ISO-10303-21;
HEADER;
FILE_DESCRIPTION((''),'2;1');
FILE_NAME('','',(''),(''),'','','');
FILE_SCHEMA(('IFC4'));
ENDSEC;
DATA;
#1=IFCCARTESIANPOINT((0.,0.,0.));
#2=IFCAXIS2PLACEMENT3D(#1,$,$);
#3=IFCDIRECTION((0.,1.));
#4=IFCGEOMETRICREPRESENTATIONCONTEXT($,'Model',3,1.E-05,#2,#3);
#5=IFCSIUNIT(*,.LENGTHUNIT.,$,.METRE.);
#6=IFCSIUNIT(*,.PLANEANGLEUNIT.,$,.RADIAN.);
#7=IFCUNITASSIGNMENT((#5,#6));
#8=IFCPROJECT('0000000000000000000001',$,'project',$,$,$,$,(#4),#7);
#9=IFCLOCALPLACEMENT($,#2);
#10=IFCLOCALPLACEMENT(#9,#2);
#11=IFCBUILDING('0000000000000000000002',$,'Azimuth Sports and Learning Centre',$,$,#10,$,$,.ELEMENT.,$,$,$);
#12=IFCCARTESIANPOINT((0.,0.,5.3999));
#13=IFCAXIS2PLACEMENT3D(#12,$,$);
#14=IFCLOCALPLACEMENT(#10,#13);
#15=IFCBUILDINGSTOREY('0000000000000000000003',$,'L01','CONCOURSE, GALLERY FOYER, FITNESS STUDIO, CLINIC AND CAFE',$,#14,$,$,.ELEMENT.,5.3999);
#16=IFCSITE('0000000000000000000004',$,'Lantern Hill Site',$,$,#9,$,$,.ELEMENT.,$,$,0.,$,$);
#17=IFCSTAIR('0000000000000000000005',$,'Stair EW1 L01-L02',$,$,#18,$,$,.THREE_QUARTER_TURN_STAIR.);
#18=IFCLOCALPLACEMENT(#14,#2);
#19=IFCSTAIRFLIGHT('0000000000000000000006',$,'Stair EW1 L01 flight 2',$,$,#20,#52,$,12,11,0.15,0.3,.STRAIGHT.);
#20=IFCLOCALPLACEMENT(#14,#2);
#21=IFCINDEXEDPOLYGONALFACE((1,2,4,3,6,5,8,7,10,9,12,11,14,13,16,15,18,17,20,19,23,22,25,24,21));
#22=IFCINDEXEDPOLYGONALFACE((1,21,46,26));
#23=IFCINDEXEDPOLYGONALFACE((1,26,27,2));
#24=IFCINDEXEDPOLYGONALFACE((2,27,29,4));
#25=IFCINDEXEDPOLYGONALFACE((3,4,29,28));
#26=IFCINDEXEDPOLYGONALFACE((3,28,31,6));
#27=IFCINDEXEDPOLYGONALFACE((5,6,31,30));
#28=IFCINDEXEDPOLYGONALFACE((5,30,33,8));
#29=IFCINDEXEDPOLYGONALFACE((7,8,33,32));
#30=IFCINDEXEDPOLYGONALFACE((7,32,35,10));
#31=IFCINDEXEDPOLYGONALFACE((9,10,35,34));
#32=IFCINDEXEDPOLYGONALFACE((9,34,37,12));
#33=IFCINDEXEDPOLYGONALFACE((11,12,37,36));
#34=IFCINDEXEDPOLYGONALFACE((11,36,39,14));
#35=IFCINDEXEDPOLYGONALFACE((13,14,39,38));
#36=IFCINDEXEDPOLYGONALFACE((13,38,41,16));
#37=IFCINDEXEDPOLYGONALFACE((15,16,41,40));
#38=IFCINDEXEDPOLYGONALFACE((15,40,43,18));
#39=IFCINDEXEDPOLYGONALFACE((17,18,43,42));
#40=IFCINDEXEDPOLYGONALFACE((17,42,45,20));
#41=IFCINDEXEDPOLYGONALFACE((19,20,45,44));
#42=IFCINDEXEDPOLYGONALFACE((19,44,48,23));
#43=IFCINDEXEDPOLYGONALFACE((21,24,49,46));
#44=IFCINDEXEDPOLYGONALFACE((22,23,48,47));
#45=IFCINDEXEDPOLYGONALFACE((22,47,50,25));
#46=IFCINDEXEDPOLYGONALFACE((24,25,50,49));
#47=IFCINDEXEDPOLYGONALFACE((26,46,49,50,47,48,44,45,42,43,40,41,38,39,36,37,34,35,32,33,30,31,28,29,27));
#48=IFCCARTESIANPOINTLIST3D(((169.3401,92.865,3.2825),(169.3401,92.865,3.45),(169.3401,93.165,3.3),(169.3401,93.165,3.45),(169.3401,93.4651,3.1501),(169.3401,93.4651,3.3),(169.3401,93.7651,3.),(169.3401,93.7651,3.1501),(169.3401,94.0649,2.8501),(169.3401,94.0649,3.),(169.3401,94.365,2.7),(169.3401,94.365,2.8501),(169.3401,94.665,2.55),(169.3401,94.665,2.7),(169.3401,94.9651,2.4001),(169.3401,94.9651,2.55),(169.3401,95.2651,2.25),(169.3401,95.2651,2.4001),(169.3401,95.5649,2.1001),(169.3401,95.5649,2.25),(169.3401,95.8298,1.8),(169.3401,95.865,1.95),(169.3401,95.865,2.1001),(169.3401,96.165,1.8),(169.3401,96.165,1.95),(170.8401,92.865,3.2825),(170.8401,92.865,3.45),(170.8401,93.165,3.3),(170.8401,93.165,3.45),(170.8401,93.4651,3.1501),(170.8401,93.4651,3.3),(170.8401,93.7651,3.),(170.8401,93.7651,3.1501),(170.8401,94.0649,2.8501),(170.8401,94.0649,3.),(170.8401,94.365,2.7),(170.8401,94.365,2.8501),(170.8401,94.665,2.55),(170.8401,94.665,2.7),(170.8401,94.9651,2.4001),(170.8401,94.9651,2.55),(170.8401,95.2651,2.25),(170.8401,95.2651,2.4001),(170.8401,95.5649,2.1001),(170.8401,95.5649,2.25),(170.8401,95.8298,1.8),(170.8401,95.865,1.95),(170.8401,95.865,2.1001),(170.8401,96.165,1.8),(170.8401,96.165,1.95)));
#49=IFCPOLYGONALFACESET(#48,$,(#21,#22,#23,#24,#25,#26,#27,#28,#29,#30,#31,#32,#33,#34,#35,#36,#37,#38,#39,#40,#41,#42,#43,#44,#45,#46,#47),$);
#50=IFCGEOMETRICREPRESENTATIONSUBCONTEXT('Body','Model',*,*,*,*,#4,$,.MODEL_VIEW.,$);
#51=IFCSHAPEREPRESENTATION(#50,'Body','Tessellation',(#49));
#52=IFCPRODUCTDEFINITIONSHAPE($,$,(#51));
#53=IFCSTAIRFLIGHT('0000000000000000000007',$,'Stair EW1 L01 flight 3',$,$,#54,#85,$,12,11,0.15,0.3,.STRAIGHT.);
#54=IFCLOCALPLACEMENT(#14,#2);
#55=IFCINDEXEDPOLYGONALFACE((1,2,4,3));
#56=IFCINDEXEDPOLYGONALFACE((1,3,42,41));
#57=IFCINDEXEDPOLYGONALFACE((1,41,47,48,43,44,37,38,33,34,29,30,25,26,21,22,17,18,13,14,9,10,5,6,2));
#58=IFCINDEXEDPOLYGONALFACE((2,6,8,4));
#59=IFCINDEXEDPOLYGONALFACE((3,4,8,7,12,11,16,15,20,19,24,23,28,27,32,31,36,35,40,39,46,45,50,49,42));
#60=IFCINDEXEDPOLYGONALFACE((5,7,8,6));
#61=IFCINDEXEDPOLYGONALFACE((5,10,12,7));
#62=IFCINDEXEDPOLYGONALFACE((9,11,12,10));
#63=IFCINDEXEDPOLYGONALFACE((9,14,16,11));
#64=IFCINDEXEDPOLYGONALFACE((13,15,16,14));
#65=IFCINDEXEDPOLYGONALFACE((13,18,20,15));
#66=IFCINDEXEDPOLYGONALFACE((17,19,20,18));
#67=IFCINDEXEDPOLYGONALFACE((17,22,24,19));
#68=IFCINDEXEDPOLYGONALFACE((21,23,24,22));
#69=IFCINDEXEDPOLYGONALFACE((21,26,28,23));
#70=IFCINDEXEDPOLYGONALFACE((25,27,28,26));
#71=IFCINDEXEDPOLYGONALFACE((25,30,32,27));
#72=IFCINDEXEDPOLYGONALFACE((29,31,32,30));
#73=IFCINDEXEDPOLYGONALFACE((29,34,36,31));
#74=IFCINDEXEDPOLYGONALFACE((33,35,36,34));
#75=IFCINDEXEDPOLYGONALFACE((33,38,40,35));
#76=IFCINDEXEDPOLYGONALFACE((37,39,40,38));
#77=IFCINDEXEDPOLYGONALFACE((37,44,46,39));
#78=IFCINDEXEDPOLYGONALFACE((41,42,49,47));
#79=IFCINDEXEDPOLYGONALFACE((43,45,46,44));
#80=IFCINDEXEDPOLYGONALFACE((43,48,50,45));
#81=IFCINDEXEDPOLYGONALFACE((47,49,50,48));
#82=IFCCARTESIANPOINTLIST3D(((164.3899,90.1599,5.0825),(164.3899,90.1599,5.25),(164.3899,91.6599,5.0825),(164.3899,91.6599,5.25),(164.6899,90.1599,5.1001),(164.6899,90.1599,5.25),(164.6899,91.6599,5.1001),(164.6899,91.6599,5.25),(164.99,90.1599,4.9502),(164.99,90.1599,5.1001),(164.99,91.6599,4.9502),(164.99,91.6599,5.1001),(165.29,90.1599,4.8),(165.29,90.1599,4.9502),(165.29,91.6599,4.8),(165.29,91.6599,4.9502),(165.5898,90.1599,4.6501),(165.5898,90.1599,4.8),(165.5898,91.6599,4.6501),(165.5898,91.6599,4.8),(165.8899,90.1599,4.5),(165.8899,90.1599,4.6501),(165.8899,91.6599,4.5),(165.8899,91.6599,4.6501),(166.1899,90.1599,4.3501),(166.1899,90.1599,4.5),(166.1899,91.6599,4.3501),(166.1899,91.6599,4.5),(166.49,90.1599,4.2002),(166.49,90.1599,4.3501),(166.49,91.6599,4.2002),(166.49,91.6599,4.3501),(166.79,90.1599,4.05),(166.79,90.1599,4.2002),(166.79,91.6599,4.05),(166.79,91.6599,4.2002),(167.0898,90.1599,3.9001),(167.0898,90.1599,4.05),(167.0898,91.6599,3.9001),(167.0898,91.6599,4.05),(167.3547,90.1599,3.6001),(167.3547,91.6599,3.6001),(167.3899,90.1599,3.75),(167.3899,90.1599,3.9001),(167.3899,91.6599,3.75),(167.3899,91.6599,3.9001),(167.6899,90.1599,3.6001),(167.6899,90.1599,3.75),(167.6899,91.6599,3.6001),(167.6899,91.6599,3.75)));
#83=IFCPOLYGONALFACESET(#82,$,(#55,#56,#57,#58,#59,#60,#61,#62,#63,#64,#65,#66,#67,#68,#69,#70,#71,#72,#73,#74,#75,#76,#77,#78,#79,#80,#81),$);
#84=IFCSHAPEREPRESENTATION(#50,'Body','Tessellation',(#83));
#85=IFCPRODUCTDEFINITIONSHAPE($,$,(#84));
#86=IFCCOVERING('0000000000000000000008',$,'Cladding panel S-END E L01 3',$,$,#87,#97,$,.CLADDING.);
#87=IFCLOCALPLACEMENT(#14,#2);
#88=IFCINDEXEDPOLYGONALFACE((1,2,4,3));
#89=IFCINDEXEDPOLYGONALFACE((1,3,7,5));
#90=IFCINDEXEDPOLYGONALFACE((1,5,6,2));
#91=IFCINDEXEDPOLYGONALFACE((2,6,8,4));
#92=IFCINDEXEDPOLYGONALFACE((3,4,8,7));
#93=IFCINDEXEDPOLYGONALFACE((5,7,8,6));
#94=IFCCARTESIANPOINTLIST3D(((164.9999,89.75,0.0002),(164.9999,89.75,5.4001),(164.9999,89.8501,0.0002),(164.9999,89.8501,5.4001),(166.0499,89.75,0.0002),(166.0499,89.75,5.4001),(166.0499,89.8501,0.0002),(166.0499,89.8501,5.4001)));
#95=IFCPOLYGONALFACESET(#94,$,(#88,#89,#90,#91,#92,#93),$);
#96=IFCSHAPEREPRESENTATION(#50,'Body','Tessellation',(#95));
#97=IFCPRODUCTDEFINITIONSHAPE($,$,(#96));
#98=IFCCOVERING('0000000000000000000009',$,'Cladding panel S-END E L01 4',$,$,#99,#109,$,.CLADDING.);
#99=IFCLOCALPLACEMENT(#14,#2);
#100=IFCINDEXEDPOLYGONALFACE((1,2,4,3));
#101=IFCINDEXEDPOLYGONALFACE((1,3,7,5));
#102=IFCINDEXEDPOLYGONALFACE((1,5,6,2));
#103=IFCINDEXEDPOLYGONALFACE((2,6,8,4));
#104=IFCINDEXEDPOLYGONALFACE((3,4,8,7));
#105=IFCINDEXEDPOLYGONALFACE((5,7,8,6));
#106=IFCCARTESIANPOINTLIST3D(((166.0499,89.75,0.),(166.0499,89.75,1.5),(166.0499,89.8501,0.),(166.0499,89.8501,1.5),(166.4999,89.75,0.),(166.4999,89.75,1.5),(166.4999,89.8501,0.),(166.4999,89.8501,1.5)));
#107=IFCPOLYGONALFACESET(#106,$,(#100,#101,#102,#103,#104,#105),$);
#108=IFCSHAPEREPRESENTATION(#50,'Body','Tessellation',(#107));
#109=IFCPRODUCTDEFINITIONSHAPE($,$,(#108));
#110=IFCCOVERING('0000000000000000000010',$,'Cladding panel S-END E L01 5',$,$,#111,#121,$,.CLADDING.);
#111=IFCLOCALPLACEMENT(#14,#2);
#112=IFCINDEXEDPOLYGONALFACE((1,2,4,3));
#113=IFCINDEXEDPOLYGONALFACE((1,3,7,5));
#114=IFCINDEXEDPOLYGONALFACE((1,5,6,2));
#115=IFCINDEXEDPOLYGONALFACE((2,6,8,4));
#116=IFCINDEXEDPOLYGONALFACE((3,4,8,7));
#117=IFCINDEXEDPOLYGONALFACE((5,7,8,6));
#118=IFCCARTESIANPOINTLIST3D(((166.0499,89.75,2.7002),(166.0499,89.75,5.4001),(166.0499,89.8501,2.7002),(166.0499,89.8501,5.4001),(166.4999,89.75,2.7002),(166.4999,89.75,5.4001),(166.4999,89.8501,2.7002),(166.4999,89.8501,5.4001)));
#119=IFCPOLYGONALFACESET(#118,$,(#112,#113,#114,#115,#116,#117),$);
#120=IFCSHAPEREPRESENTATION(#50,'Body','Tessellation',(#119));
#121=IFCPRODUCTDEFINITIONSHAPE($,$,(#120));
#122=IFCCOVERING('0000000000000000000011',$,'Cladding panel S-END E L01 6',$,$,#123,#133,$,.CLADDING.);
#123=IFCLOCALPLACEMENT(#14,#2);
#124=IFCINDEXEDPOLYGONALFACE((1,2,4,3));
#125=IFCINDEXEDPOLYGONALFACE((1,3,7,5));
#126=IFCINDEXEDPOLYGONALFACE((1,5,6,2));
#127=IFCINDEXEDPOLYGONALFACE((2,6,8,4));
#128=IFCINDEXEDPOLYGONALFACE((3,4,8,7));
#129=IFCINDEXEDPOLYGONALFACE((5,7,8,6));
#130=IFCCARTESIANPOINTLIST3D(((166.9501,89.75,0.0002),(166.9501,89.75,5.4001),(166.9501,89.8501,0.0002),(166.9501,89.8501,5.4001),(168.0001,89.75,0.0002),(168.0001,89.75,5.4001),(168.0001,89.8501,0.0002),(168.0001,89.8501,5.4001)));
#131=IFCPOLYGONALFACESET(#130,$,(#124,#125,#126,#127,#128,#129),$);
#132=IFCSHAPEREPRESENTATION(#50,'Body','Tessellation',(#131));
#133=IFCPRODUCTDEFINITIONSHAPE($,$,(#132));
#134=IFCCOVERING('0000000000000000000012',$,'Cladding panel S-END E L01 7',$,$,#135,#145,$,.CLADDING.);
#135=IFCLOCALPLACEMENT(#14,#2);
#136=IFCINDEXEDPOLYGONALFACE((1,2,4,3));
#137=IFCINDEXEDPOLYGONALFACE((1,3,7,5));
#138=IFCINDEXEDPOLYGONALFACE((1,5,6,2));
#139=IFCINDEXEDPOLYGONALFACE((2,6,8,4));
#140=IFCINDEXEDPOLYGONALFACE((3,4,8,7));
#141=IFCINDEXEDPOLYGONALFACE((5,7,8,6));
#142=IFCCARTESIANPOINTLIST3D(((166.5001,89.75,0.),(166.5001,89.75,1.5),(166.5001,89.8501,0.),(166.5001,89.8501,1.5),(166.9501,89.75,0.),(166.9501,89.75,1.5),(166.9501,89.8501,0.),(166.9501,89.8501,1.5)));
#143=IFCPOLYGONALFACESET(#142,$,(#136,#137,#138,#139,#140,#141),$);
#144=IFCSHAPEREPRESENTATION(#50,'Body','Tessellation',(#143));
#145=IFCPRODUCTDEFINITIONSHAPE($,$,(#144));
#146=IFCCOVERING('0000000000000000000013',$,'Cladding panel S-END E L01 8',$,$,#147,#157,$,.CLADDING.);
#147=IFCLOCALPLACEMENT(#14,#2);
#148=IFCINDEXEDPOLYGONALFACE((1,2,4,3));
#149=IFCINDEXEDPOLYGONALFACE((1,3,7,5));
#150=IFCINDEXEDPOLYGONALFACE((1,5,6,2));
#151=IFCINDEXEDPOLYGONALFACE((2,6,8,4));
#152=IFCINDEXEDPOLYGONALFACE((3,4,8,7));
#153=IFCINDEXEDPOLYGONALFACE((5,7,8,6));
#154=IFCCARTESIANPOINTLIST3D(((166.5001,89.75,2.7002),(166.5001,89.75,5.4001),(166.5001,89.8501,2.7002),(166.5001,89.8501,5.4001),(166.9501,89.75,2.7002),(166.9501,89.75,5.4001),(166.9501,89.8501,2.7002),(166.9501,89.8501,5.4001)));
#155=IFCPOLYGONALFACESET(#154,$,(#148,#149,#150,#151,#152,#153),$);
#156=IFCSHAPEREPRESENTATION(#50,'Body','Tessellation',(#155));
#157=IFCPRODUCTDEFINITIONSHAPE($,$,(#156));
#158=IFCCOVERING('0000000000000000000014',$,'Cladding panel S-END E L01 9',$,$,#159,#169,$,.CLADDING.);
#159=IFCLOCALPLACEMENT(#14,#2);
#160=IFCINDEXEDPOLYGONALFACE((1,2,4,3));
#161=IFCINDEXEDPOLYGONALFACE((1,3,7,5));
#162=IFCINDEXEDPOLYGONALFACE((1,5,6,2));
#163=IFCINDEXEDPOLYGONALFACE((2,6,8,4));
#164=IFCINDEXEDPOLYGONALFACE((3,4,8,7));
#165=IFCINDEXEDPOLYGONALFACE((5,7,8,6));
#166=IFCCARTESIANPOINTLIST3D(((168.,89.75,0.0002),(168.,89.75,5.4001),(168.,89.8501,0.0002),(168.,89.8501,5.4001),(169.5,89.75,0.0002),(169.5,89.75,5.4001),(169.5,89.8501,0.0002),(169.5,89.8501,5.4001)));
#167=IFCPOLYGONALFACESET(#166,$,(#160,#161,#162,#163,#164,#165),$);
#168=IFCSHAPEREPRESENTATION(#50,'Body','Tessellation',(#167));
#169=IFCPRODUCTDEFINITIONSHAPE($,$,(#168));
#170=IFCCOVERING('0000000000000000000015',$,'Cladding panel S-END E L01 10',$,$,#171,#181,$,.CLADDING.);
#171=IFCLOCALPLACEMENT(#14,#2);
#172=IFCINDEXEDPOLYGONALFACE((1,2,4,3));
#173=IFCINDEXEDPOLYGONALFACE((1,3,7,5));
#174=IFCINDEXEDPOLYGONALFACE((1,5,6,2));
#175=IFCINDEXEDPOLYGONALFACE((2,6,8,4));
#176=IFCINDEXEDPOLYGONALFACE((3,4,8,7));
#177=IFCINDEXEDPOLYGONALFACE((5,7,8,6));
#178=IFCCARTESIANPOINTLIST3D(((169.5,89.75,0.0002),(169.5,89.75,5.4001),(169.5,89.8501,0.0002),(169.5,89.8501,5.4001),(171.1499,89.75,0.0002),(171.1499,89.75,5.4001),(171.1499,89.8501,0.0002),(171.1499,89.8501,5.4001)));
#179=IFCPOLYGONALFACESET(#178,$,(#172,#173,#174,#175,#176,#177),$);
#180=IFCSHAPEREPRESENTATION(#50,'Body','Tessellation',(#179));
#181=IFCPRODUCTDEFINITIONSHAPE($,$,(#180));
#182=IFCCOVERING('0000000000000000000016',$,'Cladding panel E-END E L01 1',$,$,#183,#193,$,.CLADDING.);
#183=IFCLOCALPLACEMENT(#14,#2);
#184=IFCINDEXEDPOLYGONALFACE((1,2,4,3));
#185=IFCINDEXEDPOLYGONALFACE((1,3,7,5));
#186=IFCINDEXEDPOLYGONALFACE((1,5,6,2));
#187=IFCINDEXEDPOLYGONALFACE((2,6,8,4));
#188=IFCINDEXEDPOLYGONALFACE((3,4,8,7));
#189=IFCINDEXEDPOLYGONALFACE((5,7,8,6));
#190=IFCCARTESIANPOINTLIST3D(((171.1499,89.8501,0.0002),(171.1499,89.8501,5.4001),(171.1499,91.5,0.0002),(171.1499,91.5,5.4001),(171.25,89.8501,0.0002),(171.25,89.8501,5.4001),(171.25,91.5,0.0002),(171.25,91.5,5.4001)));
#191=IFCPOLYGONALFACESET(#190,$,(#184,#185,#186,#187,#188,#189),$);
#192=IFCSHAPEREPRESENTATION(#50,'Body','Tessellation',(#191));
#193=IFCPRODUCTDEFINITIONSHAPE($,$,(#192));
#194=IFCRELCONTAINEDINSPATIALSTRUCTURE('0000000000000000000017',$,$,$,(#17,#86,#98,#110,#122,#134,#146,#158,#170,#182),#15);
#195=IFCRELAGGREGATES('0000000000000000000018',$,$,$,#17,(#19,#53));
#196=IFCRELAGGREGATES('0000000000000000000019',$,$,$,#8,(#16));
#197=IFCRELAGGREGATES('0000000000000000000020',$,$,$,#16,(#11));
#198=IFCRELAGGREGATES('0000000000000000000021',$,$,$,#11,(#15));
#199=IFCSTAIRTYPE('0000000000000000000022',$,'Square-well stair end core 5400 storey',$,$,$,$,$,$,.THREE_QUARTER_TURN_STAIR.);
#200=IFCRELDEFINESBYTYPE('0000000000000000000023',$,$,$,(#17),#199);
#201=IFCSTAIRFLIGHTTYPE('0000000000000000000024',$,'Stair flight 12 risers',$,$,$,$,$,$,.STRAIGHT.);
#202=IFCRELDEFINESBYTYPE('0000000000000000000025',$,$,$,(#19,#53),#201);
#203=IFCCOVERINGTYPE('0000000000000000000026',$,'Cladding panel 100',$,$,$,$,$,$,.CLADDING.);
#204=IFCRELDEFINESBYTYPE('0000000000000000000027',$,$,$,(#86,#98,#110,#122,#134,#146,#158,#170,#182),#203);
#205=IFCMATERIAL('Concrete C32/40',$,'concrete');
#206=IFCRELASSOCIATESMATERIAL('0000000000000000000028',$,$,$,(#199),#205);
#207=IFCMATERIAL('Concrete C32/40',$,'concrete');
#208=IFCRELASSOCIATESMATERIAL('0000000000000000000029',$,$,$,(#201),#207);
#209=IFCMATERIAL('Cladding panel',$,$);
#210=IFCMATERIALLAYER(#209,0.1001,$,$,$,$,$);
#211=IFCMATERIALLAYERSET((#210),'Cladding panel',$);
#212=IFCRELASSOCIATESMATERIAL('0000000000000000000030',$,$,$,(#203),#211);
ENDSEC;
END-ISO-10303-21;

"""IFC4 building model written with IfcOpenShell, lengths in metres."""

from ifc_helpers import new_model, si_unit, direction, frame, origin, origin_2d, place, context, subcontext, project, spatial, polyline, rectangle, outline, extrude, material, layer, layer_set, type_object, element, aggregate, save


model = new_model("IFC4")

# Units and contexts
model_context = context("Model", 3, precision=1e-05, world=origin(), true_north=direction((0.0, 1.0)))
body_context = subcontext(model_context, "Body", "Model", "MODEL_VIEW")
ifc_project = project(units=[si_unit("LENGTHUNIT", "METRE"), si_unit("PLANEANGLEUNIT", "RADIAN")], contexts=[model_context])

# Site, building, storey
site_placement = place(None, origin())
site = spatial("IfcSite", under=ifc_project, at=site_placement, Name="Lantern Hill Site", CompositionType="ELEMENT", RefElevation=0.0)
building_placement = place(site_placement, origin())
building = spatial("IfcBuilding", under=site, at=building_placement, Name="Azimuth Sports and Learning Centre", CompositionType="ELEMENT")
storey_placement = place(building_placement, frame((0.0, 0.0, 5.3999)))
storey = spatial("IfcBuildingStorey", under=building, at=storey_placement, Name="L01", Description="CONCOURSE, GALLERY FOYER, FITNESS STUDIO, CLINIC AND CAFE", CompositionType="ELEMENT", Elevation=5.3999)

# Stair, stair flights
ifc_material_1 = material(Name="Concrete C32/40", Category="concrete")
stair_type = type_object("IfcStairType", Name="Square-well stair end core 5400 storey", PredefinedType="THREE_QUARTER_TURN_STAIR", material=ifc_material_1)
stair_placement = place(storey_placement, origin())
stair = element("IfcStair", 1, at=stair_placement, inside=storey, type_object=stair_type, Name="Stair EW1 L01-L02", PredefinedType="THREE_QUARTER_TURN_STAIR")
ifc_material_2 = material(Name="Concrete C32/40", Category="concrete")
stair_flight_type = type_object("IfcStairFlightType", Name="Stair flight 12 risers", PredefinedType="STRAIGHT", material=ifc_material_2)
stair_flight_1_placement = place(storey_placement, frame((170.0901, 96.165, 1.8), z_axis=(0.0, 0.0, 1.0), x_axis=(0.0, -1.0, 0.0)))
stair_flight_1 = element("IfcStairFlight", 2, at=stair_flight_1_placement, type_object=stair_flight_type, Name="Stair EW1 L01 flight 2", NumberOfRisers=12, NumberOfTreads=11, PredefinedType="STRAIGHT", RiserHeight=0.15, TreadLength=0.3, context=body_context, shape_type="SweptSolid", body=[
    extrude(outline(polyline([(0.0, 0.0), (0.0, 0.1499), (0.3, 0.1499), (0.3, 0.3), (0.6001, 0.3), (0.6001, 0.45), (0.8999, 0.45), (0.8999, 0.6001), (1.2, 0.6001), (1.2, 0.75), (1.5, 0.75), (1.5, 0.8999), (1.8, 0.8999), (1.8, 1.05), (2.1001, 1.05), (2.1001, 1.2), (2.3999, 1.2), (2.3999, 1.3501), (2.7, 1.3501), (2.7, 1.5), (3.0, 1.5), (3.0, 1.6499), (3.3, 1.6499), (3.3, 1.8), (3.3, 1.4824), (0.3352, 0.0), (0.0, 0.0)])), frame((0.0, 0.75, 0.0), z_axis=(0.0, -1.0, 0.0), x_axis=(1.0, 0.0, 0.0)), (0.0, 0.0, 1.0), 1.5),
])
stair_flight_2_placement = place(storey_placement, frame((167.6899, 90.9099, 3.6001), z_axis=(0.0, 0.0, 1.0), x_axis=(-1.0, 0.0, 0.0)))
stair_flight_2 = element("IfcStairFlight", 3, at=stair_flight_2_placement, type_object=stair_flight_type, Name="Stair EW1 L01 flight 3", NumberOfRisers=12, NumberOfTreads=11, PredefinedType="STRAIGHT", RiserHeight=0.15, TreadLength=0.3, context=body_context, shape_type="SweptSolid", body=[
    extrude(outline(polyline([(0.0, 0.0), (0.0, 0.1499), (0.3, 0.1499), (0.3, 0.3), (0.6001, 0.3), (0.6001, 0.45), (0.8999, 0.45), (0.8999, 0.6001), (1.2, 0.6001), (1.2, 0.75), (1.5, 0.75), (1.5, 0.8999), (1.8, 0.8999), (1.8, 1.05), (2.1001, 1.05), (2.1001, 1.2), (2.3999, 1.2), (2.3999, 1.3501), (2.7, 1.3501), (2.7, 1.5), (3.0, 1.5), (3.0, 1.6499), (3.3, 1.6499), (3.3, 1.8), (3.3, 1.4824), (0.3352, 0.0), (0.0, 0.0)])), frame((0.0, 0.75, 0.0), z_axis=(0.0, -1.0, 0.0), x_axis=(1.0, 0.0, 0.0)), (0.0, 0.0, 1.0), 1.5),
])
aggregate(stair, [stair_flight_1, stair_flight_2])

# Coverings
ifc_material_3 = material(Name="Cladding panel")
ifc_layer_1 = layer(ifc_material_3, 0.1001)
ifc_layer_set_1 = layer_set([ifc_layer_1], Name="Cladding panel")
covering_type = type_object("IfcCoveringType", Name="Cladding panel 100", PredefinedType="CLADDING", material=ifc_layer_set_1)
covering_1_placement = place(storey_placement, frame((165.5249, 89.8, 0.0002), z_axis=(0.0, 0.0, 1.0), x_axis=(1.0, 0.0, 0.0)))
element("IfcCovering", 4, at=covering_1_placement, inside=storey, type_object=covering_type, Name="Cladding panel S-END E L01 3", PredefinedType="CLADDING", context=body_context, shape_type="SweptSolid", body=[
    extrude(rectangle(XDim=1.05, YDim=0.1001, at=origin_2d()), origin(), (0.0, 0.0, 1.0), 5.3999),
])
covering_2_placement = place(storey_placement, frame((166.2749, 89.8, 0.0), z_axis=(0.0, 0.0, 1.0), x_axis=(1.0, 0.0, 0.0)))
element("IfcCovering", 5, at=covering_2_placement, inside=storey, type_object=covering_type, Name="Cladding panel S-END E L01 4", PredefinedType="CLADDING", context=body_context, shape_type="SweptSolid", body=[
    extrude(rectangle(XDim=0.45, YDim=0.1001, at=origin_2d()), origin(), (0.0, 0.0, 1.0), 1.5),
])
covering_3_placement = place(storey_placement, frame((166.2749, 89.8, 2.7002), z_axis=(0.0, 0.0, 1.0), x_axis=(1.0, 0.0, 0.0)))
element("IfcCovering", 6, at=covering_3_placement, inside=storey, type_object=covering_type, Name="Cladding panel S-END E L01 5", PredefinedType="CLADDING", context=body_context, shape_type="SweptSolid", body=[
    extrude(rectangle(XDim=0.45, YDim=0.1001, at=origin_2d()), origin(), (0.0, 0.0, 1.0), 2.7),
])
covering_4_placement = place(storey_placement, frame((167.4751, 89.8, 0.0002), z_axis=(0.0, 0.0, 1.0), x_axis=(1.0, 0.0, 0.0)))
element("IfcCovering", 7, at=covering_4_placement, inside=storey, type_object=covering_type, Name="Cladding panel S-END E L01 6", PredefinedType="CLADDING", context=body_context, shape_type="SweptSolid", body=[
    extrude(rectangle(XDim=1.05, YDim=0.1001, at=origin_2d()), origin(), (0.0, 0.0, 1.0), 5.3999),
])
covering_5_placement = place(storey_placement, frame((166.7251, 89.8, 0.0), z_axis=(0.0, 0.0, 1.0), x_axis=(1.0, 0.0, 0.0)))
element("IfcCovering", 8, at=covering_5_placement, inside=storey, type_object=covering_type, Name="Cladding panel S-END E L01 7", PredefinedType="CLADDING", context=body_context, shape_type="SweptSolid", body=[
    extrude(rectangle(XDim=0.45, YDim=0.1001, at=origin_2d()), origin(), (0.0, 0.0, 1.0), 1.5),
])
covering_6_placement = place(storey_placement, frame((166.7251, 89.8, 2.7002), z_axis=(0.0, 0.0, 1.0), x_axis=(1.0, 0.0, 0.0)))
element("IfcCovering", 9, at=covering_6_placement, inside=storey, type_object=covering_type, Name="Cladding panel S-END E L01 8", PredefinedType="CLADDING", context=body_context, shape_type="SweptSolid", body=[
    extrude(rectangle(XDim=0.45, YDim=0.1001, at=origin_2d()), origin(), (0.0, 0.0, 1.0), 2.7),
])
covering_7_placement = place(storey_placement, frame((168.75, 89.8, 0.0002), z_axis=(0.0, 0.0, 1.0), x_axis=(1.0, 0.0, 0.0)))
element("IfcCovering", 10, at=covering_7_placement, inside=storey, type_object=covering_type, Name="Cladding panel S-END E L01 9", PredefinedType="CLADDING", context=body_context, shape_type="SweptSolid", body=[
    extrude(rectangle(XDim=1.5, YDim=0.1001, at=origin_2d()), origin(), (0.0, 0.0, 1.0), 5.3999),
])
for number, where, z_axis, x_axis, name in (
    (11, (170.325, 89.8, 0.0002), (0.0, 0.0, 1.0), (1.0, 0.0, 0.0), "Cladding panel S-END E L01 10"),
    (12, (171.2, 90.675, 0.0002), (0.0, 0.0, 1.0), (0.0, 1.0, 0.0), "Cladding panel E-END E L01 1"),
):
    element("IfcCovering", number, at=place(storey_placement, frame(where, z_axis=z_axis, x_axis=x_axis)), inside=storey, type_object=covering_type, Name=name, PredefinedType="CLADDING", context=body_context, shape_type="SweptSolid", body=[
        extrude(rectangle(XDim=1.6499, YDim=0.1001, at=origin_2d()), origin(), (0.0, 0.0, 1.0), 5.3999),
    ])

save(model, "model.ifc")
